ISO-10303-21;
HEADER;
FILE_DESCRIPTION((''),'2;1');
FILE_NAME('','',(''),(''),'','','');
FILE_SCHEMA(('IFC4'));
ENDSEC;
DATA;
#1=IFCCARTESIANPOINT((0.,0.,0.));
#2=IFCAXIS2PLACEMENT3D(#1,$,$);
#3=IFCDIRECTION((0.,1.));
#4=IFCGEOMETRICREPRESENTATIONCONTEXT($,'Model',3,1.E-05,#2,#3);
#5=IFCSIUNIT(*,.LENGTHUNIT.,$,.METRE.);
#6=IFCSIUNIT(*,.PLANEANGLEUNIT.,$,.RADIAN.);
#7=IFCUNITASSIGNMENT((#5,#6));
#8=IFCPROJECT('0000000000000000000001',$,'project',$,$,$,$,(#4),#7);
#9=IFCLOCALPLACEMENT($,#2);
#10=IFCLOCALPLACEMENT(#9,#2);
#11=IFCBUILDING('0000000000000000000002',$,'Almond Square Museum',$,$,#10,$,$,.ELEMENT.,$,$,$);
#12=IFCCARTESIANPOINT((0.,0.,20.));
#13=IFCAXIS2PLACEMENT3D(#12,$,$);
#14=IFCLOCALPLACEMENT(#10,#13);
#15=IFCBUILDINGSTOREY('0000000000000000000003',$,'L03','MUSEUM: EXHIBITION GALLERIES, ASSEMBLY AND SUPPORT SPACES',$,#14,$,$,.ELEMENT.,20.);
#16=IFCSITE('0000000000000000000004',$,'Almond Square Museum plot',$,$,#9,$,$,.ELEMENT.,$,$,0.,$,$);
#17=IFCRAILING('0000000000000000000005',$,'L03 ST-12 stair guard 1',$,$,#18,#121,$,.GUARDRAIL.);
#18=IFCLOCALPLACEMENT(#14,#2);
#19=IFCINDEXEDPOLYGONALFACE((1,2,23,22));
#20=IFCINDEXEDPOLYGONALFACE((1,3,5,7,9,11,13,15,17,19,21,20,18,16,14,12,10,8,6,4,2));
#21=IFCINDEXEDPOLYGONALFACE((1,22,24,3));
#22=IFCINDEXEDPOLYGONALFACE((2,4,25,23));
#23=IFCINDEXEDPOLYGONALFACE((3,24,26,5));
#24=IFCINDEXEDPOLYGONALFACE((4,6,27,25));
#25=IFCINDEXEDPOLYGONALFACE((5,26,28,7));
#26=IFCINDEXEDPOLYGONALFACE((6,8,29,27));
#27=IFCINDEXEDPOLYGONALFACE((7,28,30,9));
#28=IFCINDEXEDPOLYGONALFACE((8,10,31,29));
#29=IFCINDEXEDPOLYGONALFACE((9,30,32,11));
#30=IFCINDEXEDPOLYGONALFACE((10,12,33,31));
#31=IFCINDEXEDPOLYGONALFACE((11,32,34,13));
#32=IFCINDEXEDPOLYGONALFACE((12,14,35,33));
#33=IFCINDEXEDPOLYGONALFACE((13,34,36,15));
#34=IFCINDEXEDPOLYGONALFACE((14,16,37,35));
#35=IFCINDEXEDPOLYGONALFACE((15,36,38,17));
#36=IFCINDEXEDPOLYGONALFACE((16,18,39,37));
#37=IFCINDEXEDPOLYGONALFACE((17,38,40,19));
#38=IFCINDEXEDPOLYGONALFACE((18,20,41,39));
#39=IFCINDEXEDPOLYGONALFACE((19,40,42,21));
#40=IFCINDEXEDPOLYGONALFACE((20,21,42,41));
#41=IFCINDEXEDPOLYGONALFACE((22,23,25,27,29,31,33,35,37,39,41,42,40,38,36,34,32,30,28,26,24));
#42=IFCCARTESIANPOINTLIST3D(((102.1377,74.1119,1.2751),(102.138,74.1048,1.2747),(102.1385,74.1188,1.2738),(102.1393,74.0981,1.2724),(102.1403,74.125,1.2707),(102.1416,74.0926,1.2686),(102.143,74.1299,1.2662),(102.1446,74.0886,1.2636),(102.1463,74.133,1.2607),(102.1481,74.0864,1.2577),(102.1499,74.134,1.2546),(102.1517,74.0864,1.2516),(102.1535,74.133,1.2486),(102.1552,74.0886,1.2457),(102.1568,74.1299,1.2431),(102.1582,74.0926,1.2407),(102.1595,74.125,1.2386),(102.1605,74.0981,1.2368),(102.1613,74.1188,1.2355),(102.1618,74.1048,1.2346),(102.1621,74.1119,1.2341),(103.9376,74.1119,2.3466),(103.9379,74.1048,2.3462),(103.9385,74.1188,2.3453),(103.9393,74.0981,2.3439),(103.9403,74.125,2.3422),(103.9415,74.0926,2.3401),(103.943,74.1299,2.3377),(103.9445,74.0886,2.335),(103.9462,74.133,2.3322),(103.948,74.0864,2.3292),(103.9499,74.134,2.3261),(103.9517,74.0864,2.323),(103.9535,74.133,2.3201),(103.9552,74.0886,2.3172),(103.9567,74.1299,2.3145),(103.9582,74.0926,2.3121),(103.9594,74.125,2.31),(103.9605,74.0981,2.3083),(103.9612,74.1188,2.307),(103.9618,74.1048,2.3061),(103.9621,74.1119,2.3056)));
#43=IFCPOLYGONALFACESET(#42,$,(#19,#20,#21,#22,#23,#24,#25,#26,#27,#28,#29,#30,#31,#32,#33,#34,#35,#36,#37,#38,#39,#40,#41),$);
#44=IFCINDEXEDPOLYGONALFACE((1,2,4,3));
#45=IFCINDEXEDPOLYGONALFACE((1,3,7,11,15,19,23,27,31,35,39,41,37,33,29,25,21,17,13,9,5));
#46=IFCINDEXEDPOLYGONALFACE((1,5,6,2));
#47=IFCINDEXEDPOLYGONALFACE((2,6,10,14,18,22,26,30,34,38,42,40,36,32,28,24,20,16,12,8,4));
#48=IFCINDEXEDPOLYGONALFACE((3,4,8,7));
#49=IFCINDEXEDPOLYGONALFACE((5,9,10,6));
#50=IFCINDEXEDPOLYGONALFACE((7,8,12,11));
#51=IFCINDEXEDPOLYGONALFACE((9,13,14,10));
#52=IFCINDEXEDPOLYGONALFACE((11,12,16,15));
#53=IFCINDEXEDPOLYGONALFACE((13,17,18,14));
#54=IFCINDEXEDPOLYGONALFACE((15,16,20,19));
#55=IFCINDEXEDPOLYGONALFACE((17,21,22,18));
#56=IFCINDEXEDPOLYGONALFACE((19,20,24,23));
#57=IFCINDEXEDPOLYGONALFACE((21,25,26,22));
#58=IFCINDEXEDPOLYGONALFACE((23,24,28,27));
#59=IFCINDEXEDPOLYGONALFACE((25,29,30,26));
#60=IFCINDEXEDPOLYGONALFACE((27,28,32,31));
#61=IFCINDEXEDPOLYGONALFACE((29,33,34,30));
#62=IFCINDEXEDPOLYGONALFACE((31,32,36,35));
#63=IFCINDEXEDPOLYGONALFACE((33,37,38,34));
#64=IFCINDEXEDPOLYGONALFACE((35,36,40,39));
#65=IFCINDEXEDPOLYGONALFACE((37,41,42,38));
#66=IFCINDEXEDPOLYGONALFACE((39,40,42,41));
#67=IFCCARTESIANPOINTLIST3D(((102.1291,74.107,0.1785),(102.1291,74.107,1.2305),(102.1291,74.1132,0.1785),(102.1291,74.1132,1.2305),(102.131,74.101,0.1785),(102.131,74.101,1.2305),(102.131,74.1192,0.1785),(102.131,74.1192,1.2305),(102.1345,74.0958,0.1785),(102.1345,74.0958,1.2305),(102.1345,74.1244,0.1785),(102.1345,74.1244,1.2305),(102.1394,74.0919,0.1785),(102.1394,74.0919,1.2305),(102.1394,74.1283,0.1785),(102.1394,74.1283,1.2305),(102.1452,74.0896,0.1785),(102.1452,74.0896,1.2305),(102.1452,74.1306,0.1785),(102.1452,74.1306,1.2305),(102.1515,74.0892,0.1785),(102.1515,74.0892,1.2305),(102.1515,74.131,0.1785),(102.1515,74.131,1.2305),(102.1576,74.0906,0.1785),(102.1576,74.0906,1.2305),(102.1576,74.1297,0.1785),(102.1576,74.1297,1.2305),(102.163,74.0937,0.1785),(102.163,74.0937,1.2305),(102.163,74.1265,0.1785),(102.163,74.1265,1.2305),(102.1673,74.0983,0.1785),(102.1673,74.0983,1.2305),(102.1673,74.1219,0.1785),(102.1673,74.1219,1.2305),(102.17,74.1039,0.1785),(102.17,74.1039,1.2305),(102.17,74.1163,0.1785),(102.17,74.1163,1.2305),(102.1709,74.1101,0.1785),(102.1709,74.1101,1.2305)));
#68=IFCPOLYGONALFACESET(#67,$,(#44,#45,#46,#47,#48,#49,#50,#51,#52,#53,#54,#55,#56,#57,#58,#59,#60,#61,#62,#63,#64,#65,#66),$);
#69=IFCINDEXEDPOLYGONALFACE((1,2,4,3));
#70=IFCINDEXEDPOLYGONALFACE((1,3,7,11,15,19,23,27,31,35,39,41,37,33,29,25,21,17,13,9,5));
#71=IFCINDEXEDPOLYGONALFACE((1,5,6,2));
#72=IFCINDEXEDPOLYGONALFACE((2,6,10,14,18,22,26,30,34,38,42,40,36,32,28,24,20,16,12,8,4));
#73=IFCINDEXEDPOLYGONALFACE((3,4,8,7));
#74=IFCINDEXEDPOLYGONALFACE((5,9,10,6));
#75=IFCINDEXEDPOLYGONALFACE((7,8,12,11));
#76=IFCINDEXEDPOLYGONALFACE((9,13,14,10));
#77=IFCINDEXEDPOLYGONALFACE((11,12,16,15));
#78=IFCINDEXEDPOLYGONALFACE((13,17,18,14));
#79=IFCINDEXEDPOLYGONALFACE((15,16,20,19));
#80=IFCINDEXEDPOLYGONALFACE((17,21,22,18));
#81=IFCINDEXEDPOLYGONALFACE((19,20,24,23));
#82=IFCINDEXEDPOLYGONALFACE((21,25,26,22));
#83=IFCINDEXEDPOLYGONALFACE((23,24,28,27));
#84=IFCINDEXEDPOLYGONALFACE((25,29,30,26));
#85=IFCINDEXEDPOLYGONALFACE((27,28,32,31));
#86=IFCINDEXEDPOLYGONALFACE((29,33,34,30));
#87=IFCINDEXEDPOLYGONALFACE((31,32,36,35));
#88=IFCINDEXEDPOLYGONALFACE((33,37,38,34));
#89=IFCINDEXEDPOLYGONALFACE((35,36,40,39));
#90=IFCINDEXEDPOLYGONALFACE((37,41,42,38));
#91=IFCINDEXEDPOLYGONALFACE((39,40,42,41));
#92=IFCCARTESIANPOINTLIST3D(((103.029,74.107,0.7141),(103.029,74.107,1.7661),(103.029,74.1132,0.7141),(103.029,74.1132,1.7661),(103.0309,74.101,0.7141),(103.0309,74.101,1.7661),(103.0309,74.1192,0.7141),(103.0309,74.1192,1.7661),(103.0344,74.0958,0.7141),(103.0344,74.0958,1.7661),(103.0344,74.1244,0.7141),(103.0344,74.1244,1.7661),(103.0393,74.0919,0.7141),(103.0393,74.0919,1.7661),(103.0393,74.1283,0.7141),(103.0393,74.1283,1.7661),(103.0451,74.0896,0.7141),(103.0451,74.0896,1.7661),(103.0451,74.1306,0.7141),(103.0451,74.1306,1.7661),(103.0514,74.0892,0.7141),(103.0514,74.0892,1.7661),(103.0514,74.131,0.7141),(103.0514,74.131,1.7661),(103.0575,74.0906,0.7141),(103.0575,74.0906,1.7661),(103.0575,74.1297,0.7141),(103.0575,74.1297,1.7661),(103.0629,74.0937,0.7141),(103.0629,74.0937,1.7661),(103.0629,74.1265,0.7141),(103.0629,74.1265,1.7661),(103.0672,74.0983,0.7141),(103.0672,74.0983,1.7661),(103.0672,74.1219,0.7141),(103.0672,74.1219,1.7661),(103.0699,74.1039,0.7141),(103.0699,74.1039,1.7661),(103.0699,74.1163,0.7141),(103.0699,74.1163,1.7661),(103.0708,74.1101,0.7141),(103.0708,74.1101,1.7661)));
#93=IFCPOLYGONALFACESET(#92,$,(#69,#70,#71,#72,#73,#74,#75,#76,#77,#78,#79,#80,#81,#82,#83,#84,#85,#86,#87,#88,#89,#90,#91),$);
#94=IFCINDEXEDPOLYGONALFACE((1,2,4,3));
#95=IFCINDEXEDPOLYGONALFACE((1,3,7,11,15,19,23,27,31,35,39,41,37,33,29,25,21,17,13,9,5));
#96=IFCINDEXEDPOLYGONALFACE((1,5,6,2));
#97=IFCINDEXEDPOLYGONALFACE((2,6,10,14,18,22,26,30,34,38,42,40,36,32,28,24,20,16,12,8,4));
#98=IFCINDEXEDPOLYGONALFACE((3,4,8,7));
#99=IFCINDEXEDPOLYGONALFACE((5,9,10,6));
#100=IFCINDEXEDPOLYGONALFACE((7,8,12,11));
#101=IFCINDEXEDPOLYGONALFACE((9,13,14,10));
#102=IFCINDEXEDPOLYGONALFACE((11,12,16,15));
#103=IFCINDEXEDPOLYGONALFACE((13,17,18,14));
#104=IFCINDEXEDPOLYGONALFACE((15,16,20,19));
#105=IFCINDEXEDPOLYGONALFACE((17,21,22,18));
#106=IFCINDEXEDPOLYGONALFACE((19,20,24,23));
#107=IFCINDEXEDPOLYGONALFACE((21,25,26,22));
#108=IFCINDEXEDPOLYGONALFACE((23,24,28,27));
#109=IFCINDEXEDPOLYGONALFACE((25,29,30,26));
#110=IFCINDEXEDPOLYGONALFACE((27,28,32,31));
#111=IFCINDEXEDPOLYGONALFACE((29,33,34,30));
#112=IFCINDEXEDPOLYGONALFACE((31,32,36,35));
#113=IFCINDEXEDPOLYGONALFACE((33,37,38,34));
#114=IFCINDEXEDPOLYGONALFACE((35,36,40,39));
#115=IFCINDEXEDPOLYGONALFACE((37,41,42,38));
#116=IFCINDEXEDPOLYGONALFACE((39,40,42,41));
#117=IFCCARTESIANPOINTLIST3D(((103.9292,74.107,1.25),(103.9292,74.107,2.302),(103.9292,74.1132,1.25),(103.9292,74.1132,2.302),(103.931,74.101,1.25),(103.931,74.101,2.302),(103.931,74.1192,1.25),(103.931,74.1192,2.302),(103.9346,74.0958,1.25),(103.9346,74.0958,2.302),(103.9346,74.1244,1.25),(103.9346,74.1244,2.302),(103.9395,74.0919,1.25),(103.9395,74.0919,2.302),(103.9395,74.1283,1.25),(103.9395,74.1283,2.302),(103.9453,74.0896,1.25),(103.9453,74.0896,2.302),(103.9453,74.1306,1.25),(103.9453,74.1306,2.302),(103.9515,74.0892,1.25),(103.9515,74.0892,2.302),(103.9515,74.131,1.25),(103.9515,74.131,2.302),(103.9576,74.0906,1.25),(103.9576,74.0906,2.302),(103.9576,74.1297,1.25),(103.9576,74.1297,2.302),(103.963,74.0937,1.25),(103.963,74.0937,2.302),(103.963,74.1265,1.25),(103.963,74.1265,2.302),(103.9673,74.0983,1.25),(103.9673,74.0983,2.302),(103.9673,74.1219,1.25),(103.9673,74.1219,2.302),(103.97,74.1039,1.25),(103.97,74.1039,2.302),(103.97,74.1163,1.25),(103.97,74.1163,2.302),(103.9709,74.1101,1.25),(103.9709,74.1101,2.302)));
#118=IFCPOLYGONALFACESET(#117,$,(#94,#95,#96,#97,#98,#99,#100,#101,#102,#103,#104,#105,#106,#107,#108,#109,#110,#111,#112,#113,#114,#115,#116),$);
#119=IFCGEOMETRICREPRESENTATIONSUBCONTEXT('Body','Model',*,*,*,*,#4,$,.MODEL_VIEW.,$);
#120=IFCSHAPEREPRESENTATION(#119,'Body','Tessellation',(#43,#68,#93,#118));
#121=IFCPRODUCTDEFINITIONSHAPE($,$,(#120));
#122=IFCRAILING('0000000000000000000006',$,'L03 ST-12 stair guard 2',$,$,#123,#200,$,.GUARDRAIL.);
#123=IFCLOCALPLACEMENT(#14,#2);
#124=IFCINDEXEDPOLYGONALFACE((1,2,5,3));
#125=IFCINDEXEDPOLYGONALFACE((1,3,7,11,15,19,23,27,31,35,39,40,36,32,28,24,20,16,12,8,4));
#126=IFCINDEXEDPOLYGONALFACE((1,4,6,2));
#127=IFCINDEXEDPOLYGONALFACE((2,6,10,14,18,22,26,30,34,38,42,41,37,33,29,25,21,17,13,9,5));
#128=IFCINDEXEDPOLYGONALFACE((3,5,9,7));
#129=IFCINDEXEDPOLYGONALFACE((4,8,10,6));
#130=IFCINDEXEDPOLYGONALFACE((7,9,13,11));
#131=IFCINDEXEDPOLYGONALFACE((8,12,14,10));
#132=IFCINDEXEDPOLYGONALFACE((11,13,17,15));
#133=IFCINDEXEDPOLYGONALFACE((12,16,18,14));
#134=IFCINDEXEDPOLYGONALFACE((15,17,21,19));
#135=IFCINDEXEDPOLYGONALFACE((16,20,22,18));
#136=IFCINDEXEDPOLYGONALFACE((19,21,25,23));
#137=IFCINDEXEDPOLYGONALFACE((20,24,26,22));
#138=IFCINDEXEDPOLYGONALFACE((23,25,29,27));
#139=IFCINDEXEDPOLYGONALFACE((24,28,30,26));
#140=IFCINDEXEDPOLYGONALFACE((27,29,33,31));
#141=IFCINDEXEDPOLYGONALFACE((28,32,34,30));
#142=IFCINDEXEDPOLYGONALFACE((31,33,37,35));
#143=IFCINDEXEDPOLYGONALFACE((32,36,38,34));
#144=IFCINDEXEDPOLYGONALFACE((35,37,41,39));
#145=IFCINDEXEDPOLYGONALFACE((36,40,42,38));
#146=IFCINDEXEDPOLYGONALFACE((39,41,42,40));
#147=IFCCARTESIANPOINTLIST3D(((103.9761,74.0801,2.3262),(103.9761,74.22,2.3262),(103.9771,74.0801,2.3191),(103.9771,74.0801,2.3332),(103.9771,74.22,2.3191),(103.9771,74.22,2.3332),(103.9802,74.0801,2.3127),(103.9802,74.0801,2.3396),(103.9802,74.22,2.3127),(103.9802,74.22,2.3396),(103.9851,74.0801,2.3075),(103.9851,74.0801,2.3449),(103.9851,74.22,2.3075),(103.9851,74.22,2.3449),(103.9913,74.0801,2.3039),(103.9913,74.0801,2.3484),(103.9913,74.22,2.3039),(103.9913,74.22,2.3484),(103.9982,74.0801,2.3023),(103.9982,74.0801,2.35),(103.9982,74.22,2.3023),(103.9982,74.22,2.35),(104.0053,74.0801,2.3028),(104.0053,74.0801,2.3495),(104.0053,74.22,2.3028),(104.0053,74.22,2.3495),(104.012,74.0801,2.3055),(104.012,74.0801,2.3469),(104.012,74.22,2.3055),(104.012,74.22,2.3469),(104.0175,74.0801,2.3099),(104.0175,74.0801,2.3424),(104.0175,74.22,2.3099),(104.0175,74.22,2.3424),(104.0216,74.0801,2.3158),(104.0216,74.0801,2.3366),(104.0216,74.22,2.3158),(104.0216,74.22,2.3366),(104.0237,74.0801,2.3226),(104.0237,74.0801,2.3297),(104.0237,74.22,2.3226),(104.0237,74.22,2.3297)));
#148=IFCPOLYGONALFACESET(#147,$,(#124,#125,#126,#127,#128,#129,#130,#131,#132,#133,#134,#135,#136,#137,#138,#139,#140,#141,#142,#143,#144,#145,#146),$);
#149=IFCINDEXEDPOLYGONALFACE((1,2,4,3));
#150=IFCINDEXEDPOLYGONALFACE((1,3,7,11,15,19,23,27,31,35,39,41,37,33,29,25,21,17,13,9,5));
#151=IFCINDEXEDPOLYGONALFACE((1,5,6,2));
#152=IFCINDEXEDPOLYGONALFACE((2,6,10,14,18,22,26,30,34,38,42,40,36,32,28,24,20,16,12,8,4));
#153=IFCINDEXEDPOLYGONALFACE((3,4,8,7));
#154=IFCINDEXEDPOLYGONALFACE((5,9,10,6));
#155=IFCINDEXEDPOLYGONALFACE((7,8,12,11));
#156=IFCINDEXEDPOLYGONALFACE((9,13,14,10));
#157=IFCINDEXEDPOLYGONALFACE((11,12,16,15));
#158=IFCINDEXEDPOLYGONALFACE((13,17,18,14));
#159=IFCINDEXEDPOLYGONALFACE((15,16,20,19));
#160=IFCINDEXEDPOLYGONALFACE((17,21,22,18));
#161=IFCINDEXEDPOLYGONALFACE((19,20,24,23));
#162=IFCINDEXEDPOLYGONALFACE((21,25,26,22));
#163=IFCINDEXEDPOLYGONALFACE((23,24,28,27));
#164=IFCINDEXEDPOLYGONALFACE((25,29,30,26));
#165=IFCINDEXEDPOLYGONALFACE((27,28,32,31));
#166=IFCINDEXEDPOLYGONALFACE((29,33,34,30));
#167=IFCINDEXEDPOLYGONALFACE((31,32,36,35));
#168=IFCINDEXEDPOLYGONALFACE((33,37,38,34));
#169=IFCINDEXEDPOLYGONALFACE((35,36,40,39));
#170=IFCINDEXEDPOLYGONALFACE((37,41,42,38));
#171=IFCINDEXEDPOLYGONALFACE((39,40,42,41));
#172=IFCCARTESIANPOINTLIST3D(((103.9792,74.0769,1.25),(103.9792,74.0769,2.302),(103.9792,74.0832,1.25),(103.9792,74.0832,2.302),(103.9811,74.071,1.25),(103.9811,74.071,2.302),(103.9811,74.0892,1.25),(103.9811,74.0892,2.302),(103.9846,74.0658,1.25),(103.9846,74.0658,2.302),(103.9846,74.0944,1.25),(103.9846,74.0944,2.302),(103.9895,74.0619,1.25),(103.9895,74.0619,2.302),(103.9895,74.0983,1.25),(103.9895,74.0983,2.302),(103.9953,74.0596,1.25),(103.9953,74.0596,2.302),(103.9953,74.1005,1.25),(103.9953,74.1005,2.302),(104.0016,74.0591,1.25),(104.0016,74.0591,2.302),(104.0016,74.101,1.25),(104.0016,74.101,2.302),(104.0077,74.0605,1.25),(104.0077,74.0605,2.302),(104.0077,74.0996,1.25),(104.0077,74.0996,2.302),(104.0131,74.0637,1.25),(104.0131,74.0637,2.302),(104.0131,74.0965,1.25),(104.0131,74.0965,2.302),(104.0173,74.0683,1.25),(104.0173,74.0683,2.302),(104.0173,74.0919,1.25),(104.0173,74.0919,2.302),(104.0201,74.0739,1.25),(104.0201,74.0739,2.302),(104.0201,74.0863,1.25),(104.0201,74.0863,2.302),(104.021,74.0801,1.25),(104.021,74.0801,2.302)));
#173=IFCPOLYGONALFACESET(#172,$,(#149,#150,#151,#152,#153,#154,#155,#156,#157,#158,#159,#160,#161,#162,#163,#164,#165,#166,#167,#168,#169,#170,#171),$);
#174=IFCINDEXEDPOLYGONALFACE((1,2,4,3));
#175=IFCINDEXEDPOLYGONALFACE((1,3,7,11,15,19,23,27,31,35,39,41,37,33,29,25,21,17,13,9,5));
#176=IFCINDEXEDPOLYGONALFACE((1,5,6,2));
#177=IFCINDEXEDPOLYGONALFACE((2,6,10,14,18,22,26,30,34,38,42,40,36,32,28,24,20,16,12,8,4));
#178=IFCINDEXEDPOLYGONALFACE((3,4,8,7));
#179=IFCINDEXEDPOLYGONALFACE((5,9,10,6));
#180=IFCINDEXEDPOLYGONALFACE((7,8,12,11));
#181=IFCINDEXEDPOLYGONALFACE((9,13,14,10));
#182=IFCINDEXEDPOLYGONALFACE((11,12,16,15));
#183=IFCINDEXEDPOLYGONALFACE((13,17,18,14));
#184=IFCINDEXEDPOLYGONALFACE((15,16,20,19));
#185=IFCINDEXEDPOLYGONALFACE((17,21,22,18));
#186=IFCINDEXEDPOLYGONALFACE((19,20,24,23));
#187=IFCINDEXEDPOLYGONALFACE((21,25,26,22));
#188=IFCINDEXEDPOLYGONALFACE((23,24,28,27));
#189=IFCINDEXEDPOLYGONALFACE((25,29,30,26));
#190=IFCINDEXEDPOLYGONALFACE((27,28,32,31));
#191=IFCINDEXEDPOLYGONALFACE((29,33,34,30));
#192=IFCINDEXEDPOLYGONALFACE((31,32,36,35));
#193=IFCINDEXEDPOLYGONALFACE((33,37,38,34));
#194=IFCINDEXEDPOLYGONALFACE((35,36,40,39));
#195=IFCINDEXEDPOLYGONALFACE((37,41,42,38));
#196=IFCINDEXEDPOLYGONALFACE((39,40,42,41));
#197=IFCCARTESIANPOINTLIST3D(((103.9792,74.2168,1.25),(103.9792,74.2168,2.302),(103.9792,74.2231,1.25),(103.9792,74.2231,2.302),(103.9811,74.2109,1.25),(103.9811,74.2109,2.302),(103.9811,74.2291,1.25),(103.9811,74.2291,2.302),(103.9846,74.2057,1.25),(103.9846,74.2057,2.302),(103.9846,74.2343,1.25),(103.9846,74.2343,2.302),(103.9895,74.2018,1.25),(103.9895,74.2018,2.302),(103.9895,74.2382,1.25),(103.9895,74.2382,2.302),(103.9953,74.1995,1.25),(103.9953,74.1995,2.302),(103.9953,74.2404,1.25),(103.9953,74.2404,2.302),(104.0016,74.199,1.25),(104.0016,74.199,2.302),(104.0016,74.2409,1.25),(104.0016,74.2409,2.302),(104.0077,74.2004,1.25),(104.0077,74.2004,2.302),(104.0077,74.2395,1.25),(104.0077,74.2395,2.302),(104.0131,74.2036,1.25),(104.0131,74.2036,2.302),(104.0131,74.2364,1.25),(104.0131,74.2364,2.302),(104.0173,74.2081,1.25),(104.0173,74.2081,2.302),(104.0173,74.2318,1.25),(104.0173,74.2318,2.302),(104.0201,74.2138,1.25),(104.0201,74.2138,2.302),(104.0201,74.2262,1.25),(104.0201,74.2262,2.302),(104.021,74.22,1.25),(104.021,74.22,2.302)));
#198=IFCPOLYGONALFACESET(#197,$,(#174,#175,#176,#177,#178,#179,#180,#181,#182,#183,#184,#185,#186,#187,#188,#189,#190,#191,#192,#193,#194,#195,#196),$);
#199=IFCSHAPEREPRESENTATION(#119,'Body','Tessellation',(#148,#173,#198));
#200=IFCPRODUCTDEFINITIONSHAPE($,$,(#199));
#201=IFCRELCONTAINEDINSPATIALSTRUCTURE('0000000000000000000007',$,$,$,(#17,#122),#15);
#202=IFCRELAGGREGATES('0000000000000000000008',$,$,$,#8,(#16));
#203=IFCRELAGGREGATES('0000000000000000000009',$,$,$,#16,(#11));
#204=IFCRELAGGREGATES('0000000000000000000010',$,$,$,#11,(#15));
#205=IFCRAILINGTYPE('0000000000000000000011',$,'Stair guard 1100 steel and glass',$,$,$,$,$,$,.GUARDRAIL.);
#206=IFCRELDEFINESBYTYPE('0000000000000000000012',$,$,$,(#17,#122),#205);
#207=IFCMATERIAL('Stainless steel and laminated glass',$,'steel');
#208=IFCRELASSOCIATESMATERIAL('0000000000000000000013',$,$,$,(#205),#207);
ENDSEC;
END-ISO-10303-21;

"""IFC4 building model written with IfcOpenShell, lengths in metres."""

from ifc_helpers import new_model, si_unit, direction, frame, origin, origin_2d, place, context, subcontext, project, spatial, circle, extrude, material, type_object, element, save


model = new_model("IFC4")

# Units and contexts
model_context = context("Model", 3, precision=1e-05, world=origin(), true_north=direction((0.0, 1.0)))
body_context = subcontext(model_context, "Body", "Model", "MODEL_VIEW")
ifc_project = project(units=[si_unit("LENGTHUNIT", "METRE"), si_unit("PLANEANGLEUNIT", "RADIAN")], contexts=[model_context])

# Site, building, storey
site_placement = place(None, origin())
site = spatial("IfcSite", under=ifc_project, at=site_placement, Name="Almond Square Museum plot", CompositionType="ELEMENT", RefElevation=0.0)
building_placement = place(site_placement, origin())
building = spatial("IfcBuilding", under=site, at=building_placement, Name="Almond Square Museum", CompositionType="ELEMENT")
storey_placement = place(building_placement, frame((0.0, 0.0, 20.0)))
storey = spatial("IfcBuildingStorey", under=building, at=storey_placement, Name="L03", Description="MUSEUM: EXHIBITION GALLERIES, ASSEMBLY AND SUPPORT SPACES", CompositionType="ELEMENT", Elevation=20.0)

# Railings
ifc_material_1 = material(Name="Stainless steel and laminated glass", Category="steel")
railing_type_1 = type_object("IfcRailingType", Name="Stair guard 1100 steel and glass", PredefinedType="GUARDRAIL", material=ifc_material_1)
railing_1_placement = place(storey_placement, frame((102.1499, 74.1101, 0.1785)))
element("IfcRailing", 1, at=railing_1_placement, inside=storey, type_object=railing_type_1, Name="L03 ST-12 stair guard 1", PredefinedType="GUARDRAIL", context=body_context, shape_type="SweptSolid", body=[
    extrude(circle(Radius=0.0239, at=origin_2d()), frame((0.0, 0.0, 1.0762), z_axis=(0.859277, 0.0, 0.51151), x_axis=(0.0, 1.0, 0.0)), (0.0, 0.0, 1.0), 2.0947),
    extrude(circle(Radius=0.021, at=origin_2d()), origin(), (0.0, 0.0, 1.0), 1.052),
    extrude(circle(Radius=0.021, at=origin_2d()), frame((0.8999, 0.0, 0.5356)), (0.0, 0.0, 1.0), 1.052),
    extrude(circle(Radius=0.021, at=origin_2d()), frame((1.8, 0.0, 1.0715)), (0.0, 0.0, 1.0), 1.052),
])
railing_2_placement = place(storey_placement, frame((104.0, 74.0801, 1.25)))
element("IfcRailing", 2, at=railing_2_placement, inside=storey, type_object=railing_type_1, Name="L03 ST-12 stair guard 2", PredefinedType="GUARDRAIL", context=body_context, shape_type="SweptSolid", body=[
    extrude(circle(Radius=0.0239, at=origin_2d()), frame((0.0, 0.0, 1.0762), z_axis=(0.0, 1.0, 0.0), x_axis=(-1.0, 0.0, 0.0)), (0.0, 0.0, 1.0), 0.1399),
    extrude(circle(Radius=0.021, at=origin_2d()), origin(), (0.0, 0.0, 1.0), 1.052),
    extrude(circle(Radius=0.021, at=origin_2d()), frame((0.0, 0.1399, 0.0)), (0.0, 0.0, 1.0), 1.052),
])

save(model, "model.ifc")
